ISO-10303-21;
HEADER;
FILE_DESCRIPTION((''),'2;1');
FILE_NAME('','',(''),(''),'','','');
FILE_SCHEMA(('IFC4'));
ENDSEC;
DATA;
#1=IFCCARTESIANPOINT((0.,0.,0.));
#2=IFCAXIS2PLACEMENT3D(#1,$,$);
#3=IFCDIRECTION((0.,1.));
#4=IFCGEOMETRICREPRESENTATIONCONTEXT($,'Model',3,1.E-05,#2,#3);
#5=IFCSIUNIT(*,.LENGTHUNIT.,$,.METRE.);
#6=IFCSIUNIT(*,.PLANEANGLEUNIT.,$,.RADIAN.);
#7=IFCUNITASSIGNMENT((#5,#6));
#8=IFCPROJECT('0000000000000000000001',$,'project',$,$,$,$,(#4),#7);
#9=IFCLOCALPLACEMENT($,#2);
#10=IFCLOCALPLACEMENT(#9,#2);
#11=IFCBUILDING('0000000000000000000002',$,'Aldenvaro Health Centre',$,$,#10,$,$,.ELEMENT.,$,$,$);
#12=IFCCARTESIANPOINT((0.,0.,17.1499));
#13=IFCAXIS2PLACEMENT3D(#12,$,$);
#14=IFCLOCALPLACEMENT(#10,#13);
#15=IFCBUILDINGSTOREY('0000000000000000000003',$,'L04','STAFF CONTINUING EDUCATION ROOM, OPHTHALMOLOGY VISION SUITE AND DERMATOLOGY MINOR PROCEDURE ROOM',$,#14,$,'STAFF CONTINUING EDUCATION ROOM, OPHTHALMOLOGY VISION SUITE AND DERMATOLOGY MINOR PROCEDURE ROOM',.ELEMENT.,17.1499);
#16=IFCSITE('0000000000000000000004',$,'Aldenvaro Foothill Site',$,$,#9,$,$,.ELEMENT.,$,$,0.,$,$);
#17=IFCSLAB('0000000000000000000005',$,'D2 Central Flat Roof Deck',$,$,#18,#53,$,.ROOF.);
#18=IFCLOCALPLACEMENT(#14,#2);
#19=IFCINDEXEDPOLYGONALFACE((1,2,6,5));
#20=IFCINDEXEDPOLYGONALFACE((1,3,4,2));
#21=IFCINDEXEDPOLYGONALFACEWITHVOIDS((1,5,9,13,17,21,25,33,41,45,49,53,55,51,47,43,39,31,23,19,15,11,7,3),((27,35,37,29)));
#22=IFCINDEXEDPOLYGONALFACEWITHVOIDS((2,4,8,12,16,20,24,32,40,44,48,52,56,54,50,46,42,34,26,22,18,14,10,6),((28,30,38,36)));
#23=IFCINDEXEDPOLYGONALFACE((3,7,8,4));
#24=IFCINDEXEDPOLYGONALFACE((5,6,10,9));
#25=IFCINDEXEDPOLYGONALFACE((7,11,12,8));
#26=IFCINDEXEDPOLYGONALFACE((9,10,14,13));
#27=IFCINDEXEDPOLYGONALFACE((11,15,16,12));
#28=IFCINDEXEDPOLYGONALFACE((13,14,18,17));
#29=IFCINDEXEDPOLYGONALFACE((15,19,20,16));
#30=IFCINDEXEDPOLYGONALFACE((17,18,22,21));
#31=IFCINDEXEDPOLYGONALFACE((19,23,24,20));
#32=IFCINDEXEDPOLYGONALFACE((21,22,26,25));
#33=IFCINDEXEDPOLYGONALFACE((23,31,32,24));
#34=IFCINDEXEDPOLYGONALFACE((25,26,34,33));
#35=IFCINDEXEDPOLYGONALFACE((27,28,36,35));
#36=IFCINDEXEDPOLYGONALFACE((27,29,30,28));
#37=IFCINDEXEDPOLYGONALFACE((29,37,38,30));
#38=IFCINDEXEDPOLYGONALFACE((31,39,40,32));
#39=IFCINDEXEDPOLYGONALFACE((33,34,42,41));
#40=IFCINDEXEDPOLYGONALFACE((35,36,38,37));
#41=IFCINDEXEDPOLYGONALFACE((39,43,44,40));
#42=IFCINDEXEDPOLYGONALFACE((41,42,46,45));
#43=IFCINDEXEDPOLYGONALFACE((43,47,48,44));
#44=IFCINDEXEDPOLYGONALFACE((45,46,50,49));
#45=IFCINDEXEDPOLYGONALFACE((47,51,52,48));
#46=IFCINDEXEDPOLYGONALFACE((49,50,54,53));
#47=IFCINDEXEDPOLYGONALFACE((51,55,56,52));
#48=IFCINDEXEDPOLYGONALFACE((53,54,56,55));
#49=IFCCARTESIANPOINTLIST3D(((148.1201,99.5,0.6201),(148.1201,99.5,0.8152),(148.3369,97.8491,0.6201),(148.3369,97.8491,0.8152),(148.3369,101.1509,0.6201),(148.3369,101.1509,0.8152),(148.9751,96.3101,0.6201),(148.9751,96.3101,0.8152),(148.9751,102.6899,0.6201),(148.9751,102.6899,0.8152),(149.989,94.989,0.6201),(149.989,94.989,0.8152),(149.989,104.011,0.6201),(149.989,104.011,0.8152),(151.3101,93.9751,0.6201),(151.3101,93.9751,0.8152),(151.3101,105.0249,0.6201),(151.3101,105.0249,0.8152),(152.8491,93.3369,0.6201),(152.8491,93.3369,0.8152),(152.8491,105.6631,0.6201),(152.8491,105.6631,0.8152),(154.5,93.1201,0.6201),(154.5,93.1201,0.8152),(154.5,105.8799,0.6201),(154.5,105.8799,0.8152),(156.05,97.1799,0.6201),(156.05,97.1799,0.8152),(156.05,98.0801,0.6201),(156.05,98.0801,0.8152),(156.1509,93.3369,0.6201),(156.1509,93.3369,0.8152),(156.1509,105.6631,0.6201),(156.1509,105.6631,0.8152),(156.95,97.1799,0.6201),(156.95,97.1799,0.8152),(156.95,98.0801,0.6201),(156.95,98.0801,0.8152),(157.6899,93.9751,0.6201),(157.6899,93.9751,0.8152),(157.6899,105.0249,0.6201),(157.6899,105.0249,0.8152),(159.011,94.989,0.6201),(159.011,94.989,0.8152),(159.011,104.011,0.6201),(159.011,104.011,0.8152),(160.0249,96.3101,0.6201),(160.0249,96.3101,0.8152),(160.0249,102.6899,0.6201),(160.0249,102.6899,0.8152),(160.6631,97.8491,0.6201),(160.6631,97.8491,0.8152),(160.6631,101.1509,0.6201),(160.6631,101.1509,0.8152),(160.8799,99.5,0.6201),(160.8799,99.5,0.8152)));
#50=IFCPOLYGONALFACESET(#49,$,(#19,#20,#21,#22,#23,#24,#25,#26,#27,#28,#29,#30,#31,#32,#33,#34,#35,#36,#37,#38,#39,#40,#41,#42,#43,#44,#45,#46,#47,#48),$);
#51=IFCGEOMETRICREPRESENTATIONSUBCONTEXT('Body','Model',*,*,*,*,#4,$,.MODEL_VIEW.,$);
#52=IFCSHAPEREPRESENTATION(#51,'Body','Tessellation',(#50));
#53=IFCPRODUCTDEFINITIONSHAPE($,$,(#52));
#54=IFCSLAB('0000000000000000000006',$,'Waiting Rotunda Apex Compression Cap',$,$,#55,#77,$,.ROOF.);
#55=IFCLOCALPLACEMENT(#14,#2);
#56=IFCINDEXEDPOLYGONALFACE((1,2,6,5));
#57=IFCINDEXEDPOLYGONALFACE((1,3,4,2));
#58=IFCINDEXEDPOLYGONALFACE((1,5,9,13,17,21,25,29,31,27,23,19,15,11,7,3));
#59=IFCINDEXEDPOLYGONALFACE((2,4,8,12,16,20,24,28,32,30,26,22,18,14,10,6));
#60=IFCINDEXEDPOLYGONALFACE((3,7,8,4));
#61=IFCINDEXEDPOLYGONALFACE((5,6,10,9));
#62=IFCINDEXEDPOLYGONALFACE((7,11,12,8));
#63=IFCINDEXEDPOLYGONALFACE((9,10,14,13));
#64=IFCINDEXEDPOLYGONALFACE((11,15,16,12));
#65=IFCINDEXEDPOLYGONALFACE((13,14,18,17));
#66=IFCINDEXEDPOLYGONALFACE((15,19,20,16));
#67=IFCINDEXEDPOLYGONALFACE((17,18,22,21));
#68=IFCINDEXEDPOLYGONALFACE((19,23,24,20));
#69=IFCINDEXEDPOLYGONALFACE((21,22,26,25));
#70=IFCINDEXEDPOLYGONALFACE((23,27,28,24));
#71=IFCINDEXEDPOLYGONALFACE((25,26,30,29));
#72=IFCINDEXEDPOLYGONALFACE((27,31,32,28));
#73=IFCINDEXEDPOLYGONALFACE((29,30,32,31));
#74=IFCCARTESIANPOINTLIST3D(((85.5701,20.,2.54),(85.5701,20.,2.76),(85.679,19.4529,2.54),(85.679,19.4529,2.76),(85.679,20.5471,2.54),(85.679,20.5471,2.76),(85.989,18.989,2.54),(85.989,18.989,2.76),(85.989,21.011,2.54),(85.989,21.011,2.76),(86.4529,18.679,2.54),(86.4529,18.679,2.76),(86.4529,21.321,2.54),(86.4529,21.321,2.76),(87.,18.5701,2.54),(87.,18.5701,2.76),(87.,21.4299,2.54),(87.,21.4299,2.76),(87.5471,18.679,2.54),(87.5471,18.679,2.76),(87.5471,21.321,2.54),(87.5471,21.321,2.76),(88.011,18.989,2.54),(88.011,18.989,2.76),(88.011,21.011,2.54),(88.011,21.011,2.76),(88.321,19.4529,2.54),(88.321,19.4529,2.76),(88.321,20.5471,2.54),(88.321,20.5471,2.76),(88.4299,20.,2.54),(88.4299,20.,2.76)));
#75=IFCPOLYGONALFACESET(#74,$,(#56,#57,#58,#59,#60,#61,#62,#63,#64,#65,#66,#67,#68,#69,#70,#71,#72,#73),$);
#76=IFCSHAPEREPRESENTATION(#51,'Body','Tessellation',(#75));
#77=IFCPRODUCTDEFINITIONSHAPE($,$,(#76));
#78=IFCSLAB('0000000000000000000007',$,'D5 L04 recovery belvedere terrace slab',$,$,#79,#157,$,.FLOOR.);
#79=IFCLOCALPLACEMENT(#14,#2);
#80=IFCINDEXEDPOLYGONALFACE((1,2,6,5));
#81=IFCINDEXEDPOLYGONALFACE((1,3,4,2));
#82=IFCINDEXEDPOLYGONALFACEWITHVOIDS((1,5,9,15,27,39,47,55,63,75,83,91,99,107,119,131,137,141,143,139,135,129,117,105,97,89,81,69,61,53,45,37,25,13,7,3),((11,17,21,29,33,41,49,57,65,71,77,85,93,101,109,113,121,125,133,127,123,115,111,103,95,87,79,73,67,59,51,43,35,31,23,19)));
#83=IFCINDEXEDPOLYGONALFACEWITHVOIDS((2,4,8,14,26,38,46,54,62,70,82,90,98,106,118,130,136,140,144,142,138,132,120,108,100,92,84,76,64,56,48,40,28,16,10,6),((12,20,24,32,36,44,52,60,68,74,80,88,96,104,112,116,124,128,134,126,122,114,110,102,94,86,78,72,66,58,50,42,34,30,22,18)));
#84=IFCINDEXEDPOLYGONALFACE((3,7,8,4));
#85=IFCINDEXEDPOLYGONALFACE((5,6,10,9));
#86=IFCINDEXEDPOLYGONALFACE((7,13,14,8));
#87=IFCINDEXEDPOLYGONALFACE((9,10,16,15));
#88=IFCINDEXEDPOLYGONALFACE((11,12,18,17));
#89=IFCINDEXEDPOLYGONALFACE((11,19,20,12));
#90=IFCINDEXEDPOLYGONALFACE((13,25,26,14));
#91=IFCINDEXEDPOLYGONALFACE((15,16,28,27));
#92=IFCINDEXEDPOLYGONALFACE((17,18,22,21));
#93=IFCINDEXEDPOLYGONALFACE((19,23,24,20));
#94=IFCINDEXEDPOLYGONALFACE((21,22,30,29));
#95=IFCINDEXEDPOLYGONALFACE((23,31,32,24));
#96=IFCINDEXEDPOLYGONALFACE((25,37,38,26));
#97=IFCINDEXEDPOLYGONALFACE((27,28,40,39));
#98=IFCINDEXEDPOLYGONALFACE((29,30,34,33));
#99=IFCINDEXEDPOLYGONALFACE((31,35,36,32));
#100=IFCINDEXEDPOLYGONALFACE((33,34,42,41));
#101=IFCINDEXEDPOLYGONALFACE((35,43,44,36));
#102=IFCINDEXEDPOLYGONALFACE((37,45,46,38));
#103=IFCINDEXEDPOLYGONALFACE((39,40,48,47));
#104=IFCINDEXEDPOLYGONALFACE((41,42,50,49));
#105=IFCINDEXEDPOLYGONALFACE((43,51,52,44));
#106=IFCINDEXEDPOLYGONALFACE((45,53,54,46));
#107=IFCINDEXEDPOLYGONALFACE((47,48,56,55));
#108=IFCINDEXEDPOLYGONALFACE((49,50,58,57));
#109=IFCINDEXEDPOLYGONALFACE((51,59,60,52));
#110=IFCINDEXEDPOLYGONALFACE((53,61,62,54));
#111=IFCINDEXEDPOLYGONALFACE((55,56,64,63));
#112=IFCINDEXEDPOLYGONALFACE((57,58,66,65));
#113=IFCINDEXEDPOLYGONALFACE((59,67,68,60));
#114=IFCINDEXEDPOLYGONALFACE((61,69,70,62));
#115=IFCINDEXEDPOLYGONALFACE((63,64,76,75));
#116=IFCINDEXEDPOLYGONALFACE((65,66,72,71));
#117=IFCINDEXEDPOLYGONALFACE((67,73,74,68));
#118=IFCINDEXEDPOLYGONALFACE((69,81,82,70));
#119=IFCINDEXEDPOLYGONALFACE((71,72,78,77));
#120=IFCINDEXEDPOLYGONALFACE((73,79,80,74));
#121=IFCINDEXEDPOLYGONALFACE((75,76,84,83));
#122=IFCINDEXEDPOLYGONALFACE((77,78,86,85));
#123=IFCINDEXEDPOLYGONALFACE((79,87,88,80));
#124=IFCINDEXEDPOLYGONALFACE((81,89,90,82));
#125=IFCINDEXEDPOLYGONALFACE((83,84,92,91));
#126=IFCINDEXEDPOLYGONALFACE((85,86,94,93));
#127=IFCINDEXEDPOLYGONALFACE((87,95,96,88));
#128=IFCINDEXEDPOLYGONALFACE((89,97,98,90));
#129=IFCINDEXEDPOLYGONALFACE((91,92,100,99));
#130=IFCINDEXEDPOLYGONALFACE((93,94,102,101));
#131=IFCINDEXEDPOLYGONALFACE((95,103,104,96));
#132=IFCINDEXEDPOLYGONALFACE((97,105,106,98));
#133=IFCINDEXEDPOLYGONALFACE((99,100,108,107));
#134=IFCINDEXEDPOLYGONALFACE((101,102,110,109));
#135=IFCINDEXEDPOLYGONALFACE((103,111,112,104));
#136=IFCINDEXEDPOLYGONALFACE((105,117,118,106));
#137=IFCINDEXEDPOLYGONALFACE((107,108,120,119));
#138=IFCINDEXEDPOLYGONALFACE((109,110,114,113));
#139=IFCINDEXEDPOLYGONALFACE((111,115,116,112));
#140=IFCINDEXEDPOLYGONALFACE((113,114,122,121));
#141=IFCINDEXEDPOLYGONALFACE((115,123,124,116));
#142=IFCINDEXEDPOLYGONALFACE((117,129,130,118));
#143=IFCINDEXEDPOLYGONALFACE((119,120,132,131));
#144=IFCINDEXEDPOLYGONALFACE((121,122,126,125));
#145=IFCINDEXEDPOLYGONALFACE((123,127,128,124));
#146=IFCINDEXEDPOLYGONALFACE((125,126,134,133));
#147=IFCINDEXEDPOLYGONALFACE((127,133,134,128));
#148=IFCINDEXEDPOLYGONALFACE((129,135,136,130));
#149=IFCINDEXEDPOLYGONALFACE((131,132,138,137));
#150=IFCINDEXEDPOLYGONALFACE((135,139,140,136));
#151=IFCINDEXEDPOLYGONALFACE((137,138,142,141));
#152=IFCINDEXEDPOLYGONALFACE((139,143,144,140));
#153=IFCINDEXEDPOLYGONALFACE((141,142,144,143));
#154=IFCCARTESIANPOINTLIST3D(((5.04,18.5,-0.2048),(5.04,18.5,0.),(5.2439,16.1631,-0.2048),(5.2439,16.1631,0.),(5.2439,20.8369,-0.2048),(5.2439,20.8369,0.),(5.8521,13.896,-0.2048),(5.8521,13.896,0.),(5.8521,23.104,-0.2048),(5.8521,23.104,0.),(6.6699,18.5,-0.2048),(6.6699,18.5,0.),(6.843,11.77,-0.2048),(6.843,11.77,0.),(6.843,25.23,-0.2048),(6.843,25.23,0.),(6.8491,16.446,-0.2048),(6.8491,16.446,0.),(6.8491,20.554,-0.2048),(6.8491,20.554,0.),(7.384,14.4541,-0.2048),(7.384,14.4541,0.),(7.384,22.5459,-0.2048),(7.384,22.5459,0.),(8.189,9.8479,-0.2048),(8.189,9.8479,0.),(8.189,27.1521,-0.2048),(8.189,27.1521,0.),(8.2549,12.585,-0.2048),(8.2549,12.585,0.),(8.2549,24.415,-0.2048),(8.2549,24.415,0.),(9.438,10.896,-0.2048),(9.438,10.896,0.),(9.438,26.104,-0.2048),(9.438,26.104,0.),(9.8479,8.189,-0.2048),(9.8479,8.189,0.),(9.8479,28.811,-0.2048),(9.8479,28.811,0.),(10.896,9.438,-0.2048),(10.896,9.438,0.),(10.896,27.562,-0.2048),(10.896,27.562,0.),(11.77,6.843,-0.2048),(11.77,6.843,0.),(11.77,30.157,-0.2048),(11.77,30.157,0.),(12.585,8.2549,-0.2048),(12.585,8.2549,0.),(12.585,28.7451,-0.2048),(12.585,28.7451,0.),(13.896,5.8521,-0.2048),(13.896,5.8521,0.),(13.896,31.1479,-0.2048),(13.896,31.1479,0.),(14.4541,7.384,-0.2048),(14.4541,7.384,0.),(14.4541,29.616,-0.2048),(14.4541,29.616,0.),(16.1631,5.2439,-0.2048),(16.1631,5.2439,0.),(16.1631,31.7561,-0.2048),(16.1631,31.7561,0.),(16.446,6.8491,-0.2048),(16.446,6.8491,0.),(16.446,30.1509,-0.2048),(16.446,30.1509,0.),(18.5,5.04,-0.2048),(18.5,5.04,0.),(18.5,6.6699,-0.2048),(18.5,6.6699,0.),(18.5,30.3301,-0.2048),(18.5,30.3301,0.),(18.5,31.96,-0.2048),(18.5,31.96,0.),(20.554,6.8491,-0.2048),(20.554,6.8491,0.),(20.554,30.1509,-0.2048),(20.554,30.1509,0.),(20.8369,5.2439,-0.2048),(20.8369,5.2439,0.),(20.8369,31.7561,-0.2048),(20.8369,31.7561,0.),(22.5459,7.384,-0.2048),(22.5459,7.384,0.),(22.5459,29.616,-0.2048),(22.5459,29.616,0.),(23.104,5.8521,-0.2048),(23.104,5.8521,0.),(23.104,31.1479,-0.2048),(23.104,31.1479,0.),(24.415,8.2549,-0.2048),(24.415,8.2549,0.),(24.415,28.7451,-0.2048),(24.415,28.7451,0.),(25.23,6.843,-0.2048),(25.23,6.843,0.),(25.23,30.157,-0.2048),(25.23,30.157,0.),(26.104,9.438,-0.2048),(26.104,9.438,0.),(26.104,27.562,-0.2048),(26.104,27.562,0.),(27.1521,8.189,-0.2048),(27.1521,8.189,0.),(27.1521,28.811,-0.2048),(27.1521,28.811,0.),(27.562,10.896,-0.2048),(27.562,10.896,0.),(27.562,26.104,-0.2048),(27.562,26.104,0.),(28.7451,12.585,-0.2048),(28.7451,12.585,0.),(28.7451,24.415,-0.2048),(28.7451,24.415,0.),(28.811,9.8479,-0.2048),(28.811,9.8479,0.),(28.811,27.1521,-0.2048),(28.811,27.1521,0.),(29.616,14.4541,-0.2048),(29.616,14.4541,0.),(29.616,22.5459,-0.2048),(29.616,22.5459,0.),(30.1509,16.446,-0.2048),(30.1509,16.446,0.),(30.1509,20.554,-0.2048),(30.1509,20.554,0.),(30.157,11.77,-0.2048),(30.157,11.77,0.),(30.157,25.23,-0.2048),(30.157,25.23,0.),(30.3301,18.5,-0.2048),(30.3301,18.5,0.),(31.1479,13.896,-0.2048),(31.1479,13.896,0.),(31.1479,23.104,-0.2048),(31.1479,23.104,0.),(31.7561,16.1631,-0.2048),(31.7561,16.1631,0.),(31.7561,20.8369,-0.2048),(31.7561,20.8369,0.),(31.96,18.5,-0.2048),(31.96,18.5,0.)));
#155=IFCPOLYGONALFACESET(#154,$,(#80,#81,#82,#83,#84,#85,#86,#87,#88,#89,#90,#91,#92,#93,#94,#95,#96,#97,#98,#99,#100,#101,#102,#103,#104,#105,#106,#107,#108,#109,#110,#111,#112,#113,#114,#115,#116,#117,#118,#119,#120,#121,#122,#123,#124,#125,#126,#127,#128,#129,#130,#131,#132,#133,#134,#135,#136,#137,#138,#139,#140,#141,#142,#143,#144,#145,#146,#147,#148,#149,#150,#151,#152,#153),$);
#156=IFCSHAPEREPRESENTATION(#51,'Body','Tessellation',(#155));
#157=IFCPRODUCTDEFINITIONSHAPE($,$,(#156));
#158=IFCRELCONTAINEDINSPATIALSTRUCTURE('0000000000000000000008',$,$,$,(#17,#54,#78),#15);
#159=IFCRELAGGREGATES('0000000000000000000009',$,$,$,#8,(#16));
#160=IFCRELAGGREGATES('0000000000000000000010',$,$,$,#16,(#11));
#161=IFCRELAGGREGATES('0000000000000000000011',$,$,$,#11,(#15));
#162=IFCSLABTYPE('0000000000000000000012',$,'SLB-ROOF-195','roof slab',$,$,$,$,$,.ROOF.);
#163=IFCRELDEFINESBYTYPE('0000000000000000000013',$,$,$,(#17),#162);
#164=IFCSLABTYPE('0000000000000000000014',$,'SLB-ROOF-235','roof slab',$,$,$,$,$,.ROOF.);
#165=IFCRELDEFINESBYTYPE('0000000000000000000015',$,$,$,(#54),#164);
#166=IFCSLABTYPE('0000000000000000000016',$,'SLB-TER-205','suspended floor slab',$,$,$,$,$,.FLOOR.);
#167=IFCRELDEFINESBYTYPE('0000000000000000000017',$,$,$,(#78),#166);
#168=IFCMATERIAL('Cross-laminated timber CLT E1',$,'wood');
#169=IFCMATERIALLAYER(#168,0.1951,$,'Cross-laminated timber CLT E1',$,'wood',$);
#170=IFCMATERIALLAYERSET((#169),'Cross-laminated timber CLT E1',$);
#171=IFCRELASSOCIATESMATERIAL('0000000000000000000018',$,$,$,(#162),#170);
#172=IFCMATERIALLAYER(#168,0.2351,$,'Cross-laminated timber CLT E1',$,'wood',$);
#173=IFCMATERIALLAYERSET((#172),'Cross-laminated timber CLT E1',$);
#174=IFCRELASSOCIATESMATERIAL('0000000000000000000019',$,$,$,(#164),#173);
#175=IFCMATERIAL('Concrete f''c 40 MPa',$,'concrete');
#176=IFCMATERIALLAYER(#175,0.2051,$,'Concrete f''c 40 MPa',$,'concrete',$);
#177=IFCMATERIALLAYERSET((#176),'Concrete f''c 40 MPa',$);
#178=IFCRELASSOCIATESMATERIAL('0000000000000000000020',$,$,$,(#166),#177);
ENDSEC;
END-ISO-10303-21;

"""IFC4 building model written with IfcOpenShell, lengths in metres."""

from ifc_helpers import new_model, si_unit, direction, frame, origin, place, context, subcontext, project, spatial, polyline, outline, extrude, material, layer, layer_set, type_object, element, save


model = new_model("IFC4")

# Units and contexts
model_context = context("Model", 3, precision=1e-05, world=origin(), true_north=direction((0.0, 1.0)))
body_context = subcontext(model_context, "Body", "Model", "MODEL_VIEW")
ifc_project = project(units=[si_unit("LENGTHUNIT", "METRE"), si_unit("PLANEANGLEUNIT", "RADIAN")], contexts=[model_context])

# Site, building, storey
site_placement = place(None, origin())
site = spatial("IfcSite", under=ifc_project, at=site_placement, Name="Aldenvaro Foothill Site", CompositionType="ELEMENT", RefElevation=0.0)
building_placement = place(site_placement, origin())
building = spatial("IfcBuilding", under=site, at=building_placement, Name="Aldenvaro Health Centre", CompositionType="ELEMENT")
storey_placement = place(building_placement, frame((0.0, 0.0, 17.1499)))
storey = spatial("IfcBuildingStorey", under=building, at=storey_placement, Name="L04", Description="STAFF CONTINUING EDUCATION ROOM, OPHTHALMOLOGY VISION SUITE AND DERMATOLOGY MINOR PROCEDURE ROOM", LongName="STAFF CONTINUING EDUCATION ROOM, OPHTHALMOLOGY VISION SUITE AND DERMATOLOGY MINOR PROCEDURE ROOM", CompositionType="ELEMENT", Elevation=17.1499)

# Slabs
ifc_material_1 = material(Name="Cross-laminated timber CLT E1", Category="wood")
ifc_layer_1 = layer(ifc_material_1, 0.1951, Name="Cross-laminated timber CLT E1", Category="wood")
ifc_layer_set_1 = layer_set([ifc_layer_1], Name="Cross-laminated timber CLT E1")
slab_type_1 = type_object("IfcSlabType", Name="SLB-ROOF-195", Description="roof slab", PredefinedType="ROOF", material=ifc_layer_set_1)
slab_1_placement = place(storey_placement, frame((0.0, 0.0, 0.6201)))
element("IfcSlab", 1, at=slab_1_placement, inside=storey, type_object=slab_type_1, Name="D2 Central Flat Roof Deck", PredefinedType="ROOF", context=body_context, shape_type="SweptSolid", body=[
    extrude(outline(polyline([(160.8799, 99.5), (160.6631, 101.1509), (160.0249, 102.6899), (159.011, 104.011), (157.6899, 105.0249), (156.1509, 105.6631), (154.5, 105.8799), (152.8491, 105.6631), (151.3101, 105.0249), (149.989, 104.011), (148.9751, 102.6899), (148.3369, 101.1509), (148.1201, 99.5), (148.3369, 97.8491), (148.9751, 96.3101), (149.989, 94.989), (151.3101, 93.9751), (152.8491, 93.3369), (154.5, 93.1201), (156.1509, 93.3369), (157.6899, 93.9751), (159.011, 94.989), (160.0249, 96.3101), (160.6631, 97.8491), (160.8799, 99.5)]), holes=[polyline([(156.05, 97.1799), (156.05, 98.0801), (156.95, 98.0801), (156.95, 97.1799), (156.05, 97.1799)])]), origin(), (0.0, 0.0, 1.0), 0.1951),
])
ifc_layer_2 = layer(ifc_material_1, 0.2351, Name="Cross-laminated timber CLT E1", Category="wood")
ifc_layer_set_2 = layer_set([ifc_layer_2], Name="Cross-laminated timber CLT E1")
slab_type_2 = type_object("IfcSlabType", Name="SLB-ROOF-235", Description="roof slab", PredefinedType="ROOF", material=ifc_layer_set_2)
slab_2_placement = place(storey_placement, frame((0.0, 0.0, 2.54)))
element("IfcSlab", 2, at=slab_2_placement, inside=storey, type_object=slab_type_2, Name="Waiting Rotunda Apex Compression Cap", PredefinedType="ROOF", context=body_context, shape_type="SweptSolid", body=[
    extrude(outline(polyline([(88.4299, 20.0), (88.321, 20.5471), (88.011, 21.011), (87.5471, 21.321), (87.0, 21.4299), (86.4529, 21.321), (85.989, 21.011), (85.679, 20.5471), (85.5701, 20.0), (85.679, 19.4529), (85.989, 18.989), (86.4529, 18.679), (87.0, 18.5701), (87.5471, 18.679), (88.011, 18.989), (88.321, 19.4529), (88.4299, 20.0)])), origin(), (0.0, 0.0, 1.0), 0.22),
])
ifc_material_2 = material(Name="Concrete f'c 40 MPa", Category="concrete")
ifc_layer_3 = layer(ifc_material_2, 0.2051, Name="Concrete f'c 40 MPa", Category="concrete")
ifc_layer_set_3 = layer_set([ifc_layer_3], Name="Concrete f'c 40 MPa")
slab_type_3 = type_object("IfcSlabType", Name="SLB-TER-205", Description="suspended floor slab", PredefinedType="FLOOR", material=ifc_layer_set_3)
slab_3_placement = place(storey_placement, frame((0.0, 0.0, -0.2048)))
element("IfcSlab", 3, at=slab_3_placement, inside=storey, type_object=slab_type_3, Name="D5 L04 recovery belvedere terrace slab", PredefinedType="FLOOR", context=body_context, shape_type="SweptSolid", body=[
    extrude(outline(polyline([(31.7561, 16.1631), (31.1479, 13.896), (30.157, 11.77), (28.811, 9.8479), (27.1521, 8.189), (25.23, 6.843), (23.104, 5.8521), (20.8369, 5.2439), (18.5, 5.04), (16.1631, 5.2439), (13.896, 5.8521), (11.77, 6.843), (9.8479, 8.189), (8.189, 9.8479), (6.843, 11.77), (5.8521, 13.896), (5.2439, 16.1631), (5.04, 18.5), (5.2439, 20.8369), (5.8521, 23.104), (6.843, 25.23), (8.189, 27.1521), (9.8479, 28.811), (11.77, 30.157), (13.896, 31.1479), (16.1631, 31.7561), (18.5, 31.96), (20.8369, 31.7561), (23.104, 31.1479), (25.23, 30.157), (27.1521, 28.811), (28.811, 27.1521), (30.157, 25.23), (31.1479, 23.104), (31.7561, 20.8369), (31.96, 18.5), (31.7561, 16.1631)]), holes=[polyline([(30.1509, 20.554), (29.616, 22.5459), (28.7451, 24.415), (27.562, 26.104), (26.104, 27.562), (24.415, 28.7451), (22.5459, 29.616), (20.554, 30.1509), (18.5, 30.3301), (16.446, 30.1509), (14.4541, 29.616), (12.585, 28.7451), (10.896, 27.562), (9.438, 26.104), (8.2549, 24.415), (7.384, 22.5459), (6.8491, 20.554), (6.6699, 18.5), (6.8491, 16.446), (7.384, 14.4541), (8.2549, 12.585), (9.438, 10.896), (10.896, 9.438), (12.585, 8.2549), (14.4541, 7.384), (16.446, 6.8491), (18.5, 6.6699), (20.554, 6.8491), (22.5459, 7.384), (24.415, 8.2549), (26.104, 9.438), (27.562, 10.896), (28.7451, 12.585), (29.616, 14.4541), (30.1509, 16.446), (30.3301, 18.5), (30.1509, 20.554)])]), origin(), (0.0, 0.0, 1.0), 0.2048),
])

save(model, "model.ifc")
